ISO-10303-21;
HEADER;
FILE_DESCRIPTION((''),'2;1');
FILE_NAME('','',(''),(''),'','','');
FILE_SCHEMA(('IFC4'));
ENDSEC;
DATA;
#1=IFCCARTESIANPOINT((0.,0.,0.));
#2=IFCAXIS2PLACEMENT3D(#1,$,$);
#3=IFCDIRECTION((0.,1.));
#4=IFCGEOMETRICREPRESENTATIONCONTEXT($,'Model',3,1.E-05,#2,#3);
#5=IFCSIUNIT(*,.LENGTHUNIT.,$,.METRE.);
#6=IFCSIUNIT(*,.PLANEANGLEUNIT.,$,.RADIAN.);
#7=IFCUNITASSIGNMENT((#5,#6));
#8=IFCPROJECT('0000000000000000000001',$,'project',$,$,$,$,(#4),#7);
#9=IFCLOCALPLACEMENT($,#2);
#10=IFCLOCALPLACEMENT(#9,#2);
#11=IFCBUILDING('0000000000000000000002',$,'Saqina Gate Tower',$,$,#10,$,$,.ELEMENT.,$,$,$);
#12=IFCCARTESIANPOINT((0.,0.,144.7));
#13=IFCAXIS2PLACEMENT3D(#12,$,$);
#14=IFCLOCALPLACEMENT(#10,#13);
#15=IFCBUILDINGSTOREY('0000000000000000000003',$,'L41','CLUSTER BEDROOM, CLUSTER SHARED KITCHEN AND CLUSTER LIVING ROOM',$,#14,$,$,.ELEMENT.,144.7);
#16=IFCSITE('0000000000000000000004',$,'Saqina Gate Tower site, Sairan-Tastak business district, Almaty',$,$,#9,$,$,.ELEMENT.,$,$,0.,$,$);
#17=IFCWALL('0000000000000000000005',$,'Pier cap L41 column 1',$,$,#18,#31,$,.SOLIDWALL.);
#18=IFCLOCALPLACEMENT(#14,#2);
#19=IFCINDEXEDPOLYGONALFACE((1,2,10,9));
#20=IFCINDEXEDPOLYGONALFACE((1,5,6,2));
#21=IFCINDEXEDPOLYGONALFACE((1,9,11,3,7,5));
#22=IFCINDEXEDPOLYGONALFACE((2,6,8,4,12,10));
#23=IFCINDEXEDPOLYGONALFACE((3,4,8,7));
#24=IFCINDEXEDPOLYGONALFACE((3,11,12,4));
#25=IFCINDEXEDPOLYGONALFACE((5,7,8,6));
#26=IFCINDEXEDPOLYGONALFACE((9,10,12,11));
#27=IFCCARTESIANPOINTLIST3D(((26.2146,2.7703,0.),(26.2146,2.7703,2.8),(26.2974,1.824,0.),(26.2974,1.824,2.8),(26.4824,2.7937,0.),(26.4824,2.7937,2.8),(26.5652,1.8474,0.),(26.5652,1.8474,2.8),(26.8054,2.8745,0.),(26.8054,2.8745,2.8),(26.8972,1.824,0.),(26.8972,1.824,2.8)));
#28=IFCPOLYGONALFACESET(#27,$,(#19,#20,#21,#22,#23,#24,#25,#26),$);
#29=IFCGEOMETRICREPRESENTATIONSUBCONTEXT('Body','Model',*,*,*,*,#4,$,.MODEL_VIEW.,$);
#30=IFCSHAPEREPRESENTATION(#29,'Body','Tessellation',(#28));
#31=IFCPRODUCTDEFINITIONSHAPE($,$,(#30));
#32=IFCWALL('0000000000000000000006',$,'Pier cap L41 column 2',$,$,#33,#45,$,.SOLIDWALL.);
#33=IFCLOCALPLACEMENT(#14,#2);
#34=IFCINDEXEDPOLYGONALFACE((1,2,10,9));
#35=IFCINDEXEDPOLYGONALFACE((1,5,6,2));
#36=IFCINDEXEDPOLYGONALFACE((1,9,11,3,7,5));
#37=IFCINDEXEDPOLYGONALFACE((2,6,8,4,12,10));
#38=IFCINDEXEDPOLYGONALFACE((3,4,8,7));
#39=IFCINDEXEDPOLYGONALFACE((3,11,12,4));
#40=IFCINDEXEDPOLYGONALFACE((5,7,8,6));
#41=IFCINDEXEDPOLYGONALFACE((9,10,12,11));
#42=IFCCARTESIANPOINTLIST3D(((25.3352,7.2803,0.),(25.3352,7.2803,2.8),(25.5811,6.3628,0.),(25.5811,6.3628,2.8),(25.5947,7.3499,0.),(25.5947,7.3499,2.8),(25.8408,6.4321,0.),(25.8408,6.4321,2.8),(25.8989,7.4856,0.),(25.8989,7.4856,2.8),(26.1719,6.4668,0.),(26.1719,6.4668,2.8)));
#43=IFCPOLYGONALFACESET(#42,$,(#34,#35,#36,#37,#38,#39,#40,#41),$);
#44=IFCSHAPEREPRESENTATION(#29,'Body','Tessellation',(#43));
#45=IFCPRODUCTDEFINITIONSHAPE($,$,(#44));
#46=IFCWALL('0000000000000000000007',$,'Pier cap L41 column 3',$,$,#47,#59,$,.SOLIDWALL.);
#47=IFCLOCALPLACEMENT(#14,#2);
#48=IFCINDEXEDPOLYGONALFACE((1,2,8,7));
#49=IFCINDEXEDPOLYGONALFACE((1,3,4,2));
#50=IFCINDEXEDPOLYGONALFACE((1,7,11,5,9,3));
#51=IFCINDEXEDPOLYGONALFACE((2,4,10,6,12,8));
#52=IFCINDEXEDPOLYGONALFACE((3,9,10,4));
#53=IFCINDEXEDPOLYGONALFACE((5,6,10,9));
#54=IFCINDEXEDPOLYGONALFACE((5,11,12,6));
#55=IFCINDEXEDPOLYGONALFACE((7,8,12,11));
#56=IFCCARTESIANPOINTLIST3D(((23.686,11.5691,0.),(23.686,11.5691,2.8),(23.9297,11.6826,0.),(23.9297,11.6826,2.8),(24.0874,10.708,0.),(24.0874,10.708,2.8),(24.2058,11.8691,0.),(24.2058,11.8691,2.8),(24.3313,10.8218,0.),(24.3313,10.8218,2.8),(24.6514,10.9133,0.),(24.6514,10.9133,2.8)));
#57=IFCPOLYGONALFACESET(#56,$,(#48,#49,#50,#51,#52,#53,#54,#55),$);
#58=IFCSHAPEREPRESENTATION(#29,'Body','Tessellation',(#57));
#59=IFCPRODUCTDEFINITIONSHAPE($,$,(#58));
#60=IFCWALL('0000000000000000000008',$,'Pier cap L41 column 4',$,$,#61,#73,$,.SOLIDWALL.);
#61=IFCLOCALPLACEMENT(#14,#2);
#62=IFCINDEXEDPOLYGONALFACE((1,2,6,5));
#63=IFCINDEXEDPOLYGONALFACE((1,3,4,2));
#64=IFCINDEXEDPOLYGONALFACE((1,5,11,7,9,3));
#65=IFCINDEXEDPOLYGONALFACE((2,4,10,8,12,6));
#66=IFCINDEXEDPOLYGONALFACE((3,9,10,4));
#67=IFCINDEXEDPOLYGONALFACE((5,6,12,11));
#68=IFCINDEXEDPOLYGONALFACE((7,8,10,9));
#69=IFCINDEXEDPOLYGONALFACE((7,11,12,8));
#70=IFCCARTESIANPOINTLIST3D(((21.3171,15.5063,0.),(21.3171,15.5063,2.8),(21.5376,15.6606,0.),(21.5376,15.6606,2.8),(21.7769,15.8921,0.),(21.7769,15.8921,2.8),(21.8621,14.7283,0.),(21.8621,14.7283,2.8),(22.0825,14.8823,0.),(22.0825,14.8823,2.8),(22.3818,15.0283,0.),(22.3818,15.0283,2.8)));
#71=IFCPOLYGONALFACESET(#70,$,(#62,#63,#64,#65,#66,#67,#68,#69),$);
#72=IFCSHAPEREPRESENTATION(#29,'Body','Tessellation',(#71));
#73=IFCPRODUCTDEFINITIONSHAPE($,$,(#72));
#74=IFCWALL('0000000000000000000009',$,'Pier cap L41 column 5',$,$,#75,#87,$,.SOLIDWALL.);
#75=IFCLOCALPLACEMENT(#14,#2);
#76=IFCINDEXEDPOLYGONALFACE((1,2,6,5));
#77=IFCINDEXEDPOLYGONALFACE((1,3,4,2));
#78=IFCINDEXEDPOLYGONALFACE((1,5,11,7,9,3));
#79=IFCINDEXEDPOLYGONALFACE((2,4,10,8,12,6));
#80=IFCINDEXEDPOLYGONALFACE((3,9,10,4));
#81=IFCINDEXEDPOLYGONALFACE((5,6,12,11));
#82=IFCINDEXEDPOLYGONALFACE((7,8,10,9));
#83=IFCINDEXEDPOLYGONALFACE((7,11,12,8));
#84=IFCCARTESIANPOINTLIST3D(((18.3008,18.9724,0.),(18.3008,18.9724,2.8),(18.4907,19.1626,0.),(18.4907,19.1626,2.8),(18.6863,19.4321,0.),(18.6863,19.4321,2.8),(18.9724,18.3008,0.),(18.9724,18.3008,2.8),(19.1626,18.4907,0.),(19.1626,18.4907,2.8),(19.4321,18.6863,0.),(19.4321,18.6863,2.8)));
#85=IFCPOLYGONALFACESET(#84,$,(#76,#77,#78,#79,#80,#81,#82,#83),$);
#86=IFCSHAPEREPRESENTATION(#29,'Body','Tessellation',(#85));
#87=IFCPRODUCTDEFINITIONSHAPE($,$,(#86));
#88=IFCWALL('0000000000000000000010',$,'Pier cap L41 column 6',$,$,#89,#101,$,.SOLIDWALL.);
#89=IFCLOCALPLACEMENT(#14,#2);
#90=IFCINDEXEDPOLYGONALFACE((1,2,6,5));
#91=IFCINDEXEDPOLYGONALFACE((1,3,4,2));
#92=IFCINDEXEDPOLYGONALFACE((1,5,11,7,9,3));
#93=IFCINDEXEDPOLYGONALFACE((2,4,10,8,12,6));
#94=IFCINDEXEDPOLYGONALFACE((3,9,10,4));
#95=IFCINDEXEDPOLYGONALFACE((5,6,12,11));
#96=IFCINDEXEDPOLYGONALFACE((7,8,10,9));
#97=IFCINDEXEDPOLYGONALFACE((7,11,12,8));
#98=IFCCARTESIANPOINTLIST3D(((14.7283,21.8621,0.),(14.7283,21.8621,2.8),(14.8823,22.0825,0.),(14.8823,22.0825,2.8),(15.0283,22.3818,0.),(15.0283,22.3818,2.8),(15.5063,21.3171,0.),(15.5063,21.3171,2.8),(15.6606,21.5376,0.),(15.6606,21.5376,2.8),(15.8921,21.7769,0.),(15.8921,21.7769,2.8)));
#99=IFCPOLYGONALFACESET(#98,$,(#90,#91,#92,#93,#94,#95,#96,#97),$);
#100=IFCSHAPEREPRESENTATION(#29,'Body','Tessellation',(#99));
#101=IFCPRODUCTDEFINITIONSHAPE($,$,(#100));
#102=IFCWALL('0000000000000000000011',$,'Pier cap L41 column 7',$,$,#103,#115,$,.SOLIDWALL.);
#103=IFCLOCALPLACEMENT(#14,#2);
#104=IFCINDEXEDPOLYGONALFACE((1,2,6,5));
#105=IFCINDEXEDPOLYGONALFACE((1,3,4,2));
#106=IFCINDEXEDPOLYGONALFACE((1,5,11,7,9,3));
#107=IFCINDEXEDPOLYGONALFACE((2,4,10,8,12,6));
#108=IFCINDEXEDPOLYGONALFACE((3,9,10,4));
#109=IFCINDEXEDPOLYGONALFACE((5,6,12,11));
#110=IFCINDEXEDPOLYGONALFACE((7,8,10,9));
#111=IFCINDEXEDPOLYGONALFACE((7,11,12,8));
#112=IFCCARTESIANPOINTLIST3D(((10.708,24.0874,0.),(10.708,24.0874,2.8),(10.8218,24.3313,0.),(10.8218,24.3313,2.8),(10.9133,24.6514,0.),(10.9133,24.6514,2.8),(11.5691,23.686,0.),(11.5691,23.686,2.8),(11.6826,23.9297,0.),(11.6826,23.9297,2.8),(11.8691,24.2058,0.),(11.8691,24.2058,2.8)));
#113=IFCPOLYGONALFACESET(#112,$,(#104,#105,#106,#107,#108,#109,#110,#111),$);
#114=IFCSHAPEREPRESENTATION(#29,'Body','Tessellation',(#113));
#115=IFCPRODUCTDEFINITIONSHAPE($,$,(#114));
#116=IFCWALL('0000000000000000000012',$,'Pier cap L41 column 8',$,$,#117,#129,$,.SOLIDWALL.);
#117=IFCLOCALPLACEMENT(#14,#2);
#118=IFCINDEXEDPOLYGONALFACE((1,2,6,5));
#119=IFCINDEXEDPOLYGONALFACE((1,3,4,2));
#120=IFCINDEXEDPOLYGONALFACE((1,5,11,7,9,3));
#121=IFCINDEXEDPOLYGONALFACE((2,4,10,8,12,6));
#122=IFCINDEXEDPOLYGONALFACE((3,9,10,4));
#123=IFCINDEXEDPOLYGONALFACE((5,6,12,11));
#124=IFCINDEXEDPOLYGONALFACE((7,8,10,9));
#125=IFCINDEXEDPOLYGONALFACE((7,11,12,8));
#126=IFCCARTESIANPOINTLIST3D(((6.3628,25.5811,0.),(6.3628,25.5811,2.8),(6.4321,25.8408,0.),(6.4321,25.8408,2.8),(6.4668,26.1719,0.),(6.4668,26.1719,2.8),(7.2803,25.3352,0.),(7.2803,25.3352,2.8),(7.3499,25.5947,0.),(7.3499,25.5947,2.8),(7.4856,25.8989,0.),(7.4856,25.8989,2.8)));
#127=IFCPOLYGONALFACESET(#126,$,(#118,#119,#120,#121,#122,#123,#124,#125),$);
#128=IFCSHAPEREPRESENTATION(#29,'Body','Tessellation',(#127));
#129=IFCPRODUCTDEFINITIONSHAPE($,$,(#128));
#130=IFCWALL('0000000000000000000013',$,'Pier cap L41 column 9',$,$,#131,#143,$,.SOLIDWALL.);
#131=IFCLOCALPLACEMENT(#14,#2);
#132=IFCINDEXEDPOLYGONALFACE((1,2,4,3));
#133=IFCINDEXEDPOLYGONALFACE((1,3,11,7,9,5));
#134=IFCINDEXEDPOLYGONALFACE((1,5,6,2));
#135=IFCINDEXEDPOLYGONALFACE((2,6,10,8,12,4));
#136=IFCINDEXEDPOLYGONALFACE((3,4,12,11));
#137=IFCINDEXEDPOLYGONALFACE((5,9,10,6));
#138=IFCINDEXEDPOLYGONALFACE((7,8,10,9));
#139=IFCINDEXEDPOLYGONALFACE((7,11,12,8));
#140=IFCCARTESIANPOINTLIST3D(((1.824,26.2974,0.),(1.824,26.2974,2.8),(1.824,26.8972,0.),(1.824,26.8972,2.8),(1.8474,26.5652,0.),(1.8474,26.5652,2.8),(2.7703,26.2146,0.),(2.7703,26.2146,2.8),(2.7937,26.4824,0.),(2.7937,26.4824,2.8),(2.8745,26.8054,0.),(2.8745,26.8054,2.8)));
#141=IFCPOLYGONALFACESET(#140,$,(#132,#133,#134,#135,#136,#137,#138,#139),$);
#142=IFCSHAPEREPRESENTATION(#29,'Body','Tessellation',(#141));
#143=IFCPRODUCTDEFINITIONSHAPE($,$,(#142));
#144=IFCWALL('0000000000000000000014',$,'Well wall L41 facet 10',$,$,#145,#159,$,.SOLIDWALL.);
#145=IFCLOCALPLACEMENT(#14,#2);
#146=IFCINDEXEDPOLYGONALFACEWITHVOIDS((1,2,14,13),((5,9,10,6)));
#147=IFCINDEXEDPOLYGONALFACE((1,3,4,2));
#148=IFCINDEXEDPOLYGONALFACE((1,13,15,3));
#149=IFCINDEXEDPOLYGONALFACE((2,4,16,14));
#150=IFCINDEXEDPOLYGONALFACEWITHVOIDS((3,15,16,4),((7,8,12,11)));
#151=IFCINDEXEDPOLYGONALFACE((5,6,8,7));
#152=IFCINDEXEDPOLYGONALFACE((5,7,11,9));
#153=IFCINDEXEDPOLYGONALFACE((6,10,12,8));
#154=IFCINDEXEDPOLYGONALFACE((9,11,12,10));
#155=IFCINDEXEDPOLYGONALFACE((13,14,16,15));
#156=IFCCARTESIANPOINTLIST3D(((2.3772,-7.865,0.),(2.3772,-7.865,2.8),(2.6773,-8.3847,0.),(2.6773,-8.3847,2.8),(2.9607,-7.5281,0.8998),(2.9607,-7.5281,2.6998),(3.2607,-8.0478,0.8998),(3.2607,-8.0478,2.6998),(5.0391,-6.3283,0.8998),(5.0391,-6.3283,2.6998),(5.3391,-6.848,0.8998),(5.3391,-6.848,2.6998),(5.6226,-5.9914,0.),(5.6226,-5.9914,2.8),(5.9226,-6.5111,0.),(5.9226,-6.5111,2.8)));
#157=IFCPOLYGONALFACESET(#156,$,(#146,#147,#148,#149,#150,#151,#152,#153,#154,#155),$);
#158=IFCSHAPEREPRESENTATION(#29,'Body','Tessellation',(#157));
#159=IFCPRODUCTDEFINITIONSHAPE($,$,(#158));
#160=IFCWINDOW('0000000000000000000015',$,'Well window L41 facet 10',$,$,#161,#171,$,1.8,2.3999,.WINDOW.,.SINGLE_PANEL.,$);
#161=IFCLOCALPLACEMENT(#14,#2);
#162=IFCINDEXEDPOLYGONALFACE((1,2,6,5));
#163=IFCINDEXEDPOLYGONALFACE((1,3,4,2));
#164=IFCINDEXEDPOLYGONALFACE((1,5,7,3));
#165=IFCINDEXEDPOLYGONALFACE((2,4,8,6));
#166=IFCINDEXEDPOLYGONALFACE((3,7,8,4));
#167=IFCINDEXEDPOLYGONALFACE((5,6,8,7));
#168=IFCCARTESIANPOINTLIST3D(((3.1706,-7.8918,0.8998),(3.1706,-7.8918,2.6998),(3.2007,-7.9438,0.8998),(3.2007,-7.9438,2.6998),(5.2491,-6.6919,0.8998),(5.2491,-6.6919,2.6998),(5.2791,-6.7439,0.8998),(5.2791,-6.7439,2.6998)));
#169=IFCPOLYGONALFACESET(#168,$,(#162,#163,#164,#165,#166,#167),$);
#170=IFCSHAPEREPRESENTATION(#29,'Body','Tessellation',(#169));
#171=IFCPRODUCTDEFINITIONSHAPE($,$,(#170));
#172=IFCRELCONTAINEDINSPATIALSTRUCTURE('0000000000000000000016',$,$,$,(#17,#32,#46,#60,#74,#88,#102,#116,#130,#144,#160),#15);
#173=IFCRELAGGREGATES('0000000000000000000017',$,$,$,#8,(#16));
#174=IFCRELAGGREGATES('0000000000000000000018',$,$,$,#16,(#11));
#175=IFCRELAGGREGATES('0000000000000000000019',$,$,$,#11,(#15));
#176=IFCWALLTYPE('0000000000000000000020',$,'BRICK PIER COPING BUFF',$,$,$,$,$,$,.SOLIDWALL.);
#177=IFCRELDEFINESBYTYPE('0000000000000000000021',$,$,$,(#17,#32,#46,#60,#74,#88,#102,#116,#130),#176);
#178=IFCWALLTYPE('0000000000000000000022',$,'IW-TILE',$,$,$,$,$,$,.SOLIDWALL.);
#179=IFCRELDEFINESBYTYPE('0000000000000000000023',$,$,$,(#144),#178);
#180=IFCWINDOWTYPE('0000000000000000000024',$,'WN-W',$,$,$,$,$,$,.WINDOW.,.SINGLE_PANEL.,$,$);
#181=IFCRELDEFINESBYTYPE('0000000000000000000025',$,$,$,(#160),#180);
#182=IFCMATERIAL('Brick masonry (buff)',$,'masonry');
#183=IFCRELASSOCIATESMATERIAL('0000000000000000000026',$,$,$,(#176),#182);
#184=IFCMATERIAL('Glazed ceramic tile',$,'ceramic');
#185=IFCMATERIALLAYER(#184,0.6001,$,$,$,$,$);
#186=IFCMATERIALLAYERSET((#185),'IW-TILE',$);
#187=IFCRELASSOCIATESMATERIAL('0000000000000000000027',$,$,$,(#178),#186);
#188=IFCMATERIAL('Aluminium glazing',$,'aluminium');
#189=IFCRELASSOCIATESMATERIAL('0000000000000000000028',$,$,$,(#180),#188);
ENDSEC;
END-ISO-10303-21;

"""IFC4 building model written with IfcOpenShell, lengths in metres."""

from ifc_helpers import new_model, si_unit, direction, frame, frame_2d, origin, place, context, subcontext, project, spatial, polyline, rectangle, outline, extrude, material, layer, layer_set, type_object, element, fill, save


model = new_model("IFC4")

# Units and contexts
model_context = context("Model", 3, precision=1e-05, world=origin(), true_north=direction((0.0, 1.0)))
body_context = subcontext(model_context, "Body", "Model", "MODEL_VIEW")
ifc_project = project(units=[si_unit("LENGTHUNIT", "METRE"), si_unit("PLANEANGLEUNIT", "RADIAN")], contexts=[model_context])

# Site, building, storey
site_placement = place(None, origin())
site = spatial("IfcSite", under=ifc_project, at=site_placement, Name="Saqina Gate Tower site, Sairan-Tastak business district, Almaty", CompositionType="ELEMENT", RefElevation=0.0)
building_placement = place(site_placement, origin())
building = spatial("IfcBuilding", under=site, at=building_placement, Name="Saqina Gate Tower", CompositionType="ELEMENT")
storey_placement = place(building_placement, frame((0.0, 0.0, 144.7)))
storey = spatial("IfcBuildingStorey", under=building, at=storey_placement, Name="L41", Description="CLUSTER BEDROOM, CLUSTER SHARED KITCHEN AND CLUSTER LIVING ROOM", CompositionType="ELEMENT", Elevation=144.7)

# Walls
ifc_material_1 = material(Name="Brick masonry (buff)", Category="masonry")
wall_type_1 = type_object("IfcWallType", Name="BRICK PIER COPING BUFF", PredefinedType="SOLIDWALL", material=ifc_material_1)
wall_1_placement = place(storey_placement, origin())
element("IfcWall", 1, at=wall_1_placement, inside=storey, type_object=wall_type_1, Name="Pier cap L41 column 1", PredefinedType="SOLIDWALL", context=body_context, shape_type="SweptSolid", body=[
    extrude(outline(polyline([(26.8054, 2.8745), (26.2146, 2.7703), (26.4824, 2.7937), (26.5652, 1.8474), (26.2974, 1.824), (26.8972, 1.824), (26.8054, 2.8745)])), origin(), (0.0, 0.0, 1.0), 2.8),
])
wall_2_placement = place(storey_placement, origin())
element("IfcWall", 2, at=wall_2_placement, inside=storey, type_object=wall_type_1, Name="Pier cap L41 column 2", PredefinedType="SOLIDWALL", context=body_context, shape_type="SweptSolid", body=[
    extrude(outline(polyline([(26.1719, 6.4668), (25.8989, 7.4856), (25.3352, 7.2803), (25.5947, 7.3499), (25.8408, 6.4321), (25.5811, 6.3628), (26.1719, 6.4668)])), origin(), (0.0, 0.0, 1.0), 2.8),
])
wall_3_placement = place(storey_placement, origin())
element("IfcWall", 3, at=wall_3_placement, inside=storey, type_object=wall_type_1, Name="Pier cap L41 column 3", PredefinedType="SOLIDWALL", context=body_context, shape_type="SweptSolid", body=[
    extrude(outline(polyline([(24.6514, 10.9133), (24.2058, 11.8691), (23.686, 11.5691), (23.9297, 11.6826), (24.3313, 10.8218), (24.0874, 10.708), (24.6514, 10.9133)])), origin(), (0.0, 0.0, 1.0), 2.8),
])
wall_4_placement = place(storey_placement, origin())
element("IfcWall", 4, at=wall_4_placement, inside=storey, type_object=wall_type_1, Name="Pier cap L41 column 4", PredefinedType="SOLIDWALL", context=body_context, shape_type="SweptSolid", body=[
    extrude(outline(polyline([(21.7769, 15.8921), (21.3171, 15.5063), (21.5376, 15.6606), (22.0825, 14.8823), (21.8621, 14.7283), (22.3818, 15.0283), (21.7769, 15.8921)])), origin(), (0.0, 0.0, 1.0), 2.8),
])
wall_5_placement = place(storey_placement, origin())
element("IfcWall", 5, at=wall_5_placement, inside=storey, type_object=wall_type_1, Name="Pier cap L41 column 5", PredefinedType="SOLIDWALL", context=body_context, shape_type="SweptSolid", body=[
    extrude(outline(polyline([(19.4321, 18.6863), (18.6863, 19.4321), (18.3008, 18.9724), (18.4907, 19.1626), (19.1626, 18.4907), (18.9724, 18.3008), (19.4321, 18.6863)])), origin(), (0.0, 0.0, 1.0), 2.8),
])
wall_6_placement = place(storey_placement, origin())
element("IfcWall", 6, at=wall_6_placement, inside=storey, type_object=wall_type_1, Name="Pier cap L41 column 6", PredefinedType="SOLIDWALL", context=body_context, shape_type="SweptSolid", body=[
    extrude(outline(polyline([(15.0283, 22.3818), (14.7283, 21.8621), (14.8823, 22.0825), (15.6606, 21.5376), (15.5063, 21.3171), (15.8921, 21.7769), (15.0283, 22.3818)])), origin(), (0.0, 0.0, 1.0), 2.8),
])
wall_7_placement = place(storey_placement, origin())
element("IfcWall", 7, at=wall_7_placement, inside=storey, type_object=wall_type_1, Name="Pier cap L41 column 7", PredefinedType="SOLIDWALL", context=body_context, shape_type="SweptSolid", body=[
    extrude(outline(polyline([(10.9133, 24.6514), (10.708, 24.0874), (10.8218, 24.3313), (11.6826, 23.9297), (11.5691, 23.686), (11.8691, 24.2058), (10.9133, 24.6514)])), origin(), (0.0, 0.0, 1.0), 2.8),
])
wall_8_placement = place(storey_placement, origin())
element("IfcWall", 8, at=wall_8_placement, inside=storey, type_object=wall_type_1, Name="Pier cap L41 column 8", PredefinedType="SOLIDWALL", context=body_context, shape_type="SweptSolid", body=[
    extrude(outline(polyline([(7.4856, 25.8989), (6.4668, 26.1719), (6.3628, 25.5811), (6.4321, 25.8408), (7.3499, 25.5947), (7.2803, 25.3352), (7.4856, 25.8989)])), origin(), (0.0, 0.0, 1.0), 2.8),
])
wall_9_placement = place(storey_placement, origin())
element("IfcWall", 9, at=wall_9_placement, inside=storey, type_object=wall_type_1, Name="Pier cap L41 column 9", PredefinedType="SOLIDWALL", context=body_context, shape_type="SweptSolid", body=[
    extrude(outline(polyline([(2.8745, 26.8054), (1.824, 26.8972), (1.824, 26.2974), (1.8474, 26.5652), (2.7937, 26.4824), (2.7703, 26.2146), (2.8745, 26.8054)])), origin(), (0.0, 0.0, 1.0), 2.8),
])

# Wall, opening, window
ifc_material_2 = material(Name="Glazed ceramic tile", Category="ceramic")
ifc_layer_1 = layer(ifc_material_2, 0.6001)
ifc_layer_set_1 = layer_set([ifc_layer_1], Name="IW-TILE")
wall_type_2 = type_object("IfcWallType", Name="IW-TILE", PredefinedType="SOLIDWALL", material=ifc_layer_set_1)
wall_10_placement = place(storey_placement, frame((2.5273, -8.1248, 0.0), z_axis=(0.0, 0.0, 1.0), x_axis=(0.866046, 0.499965, 0.0)))
wall_10 = element("IfcWall", 10, at=wall_10_placement, inside=storey, type_object=wall_type_2, Name="Well wall L41 facet 10", PredefinedType="SOLIDWALL", context=body_context, shape_type="SweptSolid", body=[
    extrude(rectangle(XDim=3.7473, YDim=0.6001, at=frame_2d((1.8735, 0.0))), origin(), (0.0, 0.0, 1.0), 2.8),
])
opening_1_placement = place(wall_10_placement, frame((0.6736, 0.0, 0.8999)))
opening_1 = element("IfcOpeningElement", 11, at=opening_1_placement, cuts=wall_10, PredefinedType="OPENING", context=body_context, shape_type="SweptSolid", body=[
    extrude(rectangle(XDim=2.3999, YDim=1.8, at=frame_2d((1.2, 0.8999))), frame((0.0, 0.312, 0.0), z_axis=(0.0, -1.0, 0.0), x_axis=(1.0, 0.0, 0.0)), (0.0, 0.0, 1.0), 0.624),
])
ifc_material_3 = material(Name="Aluminium glazing", Category="aluminium")
window_type = type_object("IfcWindowType", Name="WN-W", PartitioningType="SINGLE_PANEL", PredefinedType="WINDOW", material=ifc_material_3)
window_1_placement = place(opening_1_placement, origin())
window_1 = element("IfcWindow", 12, at=window_1_placement, inside=storey, type_object=window_type, Name="Well window L41 facet 10", OverallHeight=1.8, OverallWidth=2.3999, PartitioningType="SINGLE_PANEL", PredefinedType="WINDOW", context=body_context, shape_type="SweptSolid", body=[
    extrude(rectangle(XDim=2.3999, YDim=1.8, at=frame_2d((1.2, 0.8999))), frame((0.0, -0.1199, 0.0), z_axis=(0.0, -1.0, 0.0), x_axis=(1.0, 0.0, 0.0)), (0.0, 0.0, 1.0), 0.0601),
])
fill(opening_1, window_1)

save(model, "model.ifc")
